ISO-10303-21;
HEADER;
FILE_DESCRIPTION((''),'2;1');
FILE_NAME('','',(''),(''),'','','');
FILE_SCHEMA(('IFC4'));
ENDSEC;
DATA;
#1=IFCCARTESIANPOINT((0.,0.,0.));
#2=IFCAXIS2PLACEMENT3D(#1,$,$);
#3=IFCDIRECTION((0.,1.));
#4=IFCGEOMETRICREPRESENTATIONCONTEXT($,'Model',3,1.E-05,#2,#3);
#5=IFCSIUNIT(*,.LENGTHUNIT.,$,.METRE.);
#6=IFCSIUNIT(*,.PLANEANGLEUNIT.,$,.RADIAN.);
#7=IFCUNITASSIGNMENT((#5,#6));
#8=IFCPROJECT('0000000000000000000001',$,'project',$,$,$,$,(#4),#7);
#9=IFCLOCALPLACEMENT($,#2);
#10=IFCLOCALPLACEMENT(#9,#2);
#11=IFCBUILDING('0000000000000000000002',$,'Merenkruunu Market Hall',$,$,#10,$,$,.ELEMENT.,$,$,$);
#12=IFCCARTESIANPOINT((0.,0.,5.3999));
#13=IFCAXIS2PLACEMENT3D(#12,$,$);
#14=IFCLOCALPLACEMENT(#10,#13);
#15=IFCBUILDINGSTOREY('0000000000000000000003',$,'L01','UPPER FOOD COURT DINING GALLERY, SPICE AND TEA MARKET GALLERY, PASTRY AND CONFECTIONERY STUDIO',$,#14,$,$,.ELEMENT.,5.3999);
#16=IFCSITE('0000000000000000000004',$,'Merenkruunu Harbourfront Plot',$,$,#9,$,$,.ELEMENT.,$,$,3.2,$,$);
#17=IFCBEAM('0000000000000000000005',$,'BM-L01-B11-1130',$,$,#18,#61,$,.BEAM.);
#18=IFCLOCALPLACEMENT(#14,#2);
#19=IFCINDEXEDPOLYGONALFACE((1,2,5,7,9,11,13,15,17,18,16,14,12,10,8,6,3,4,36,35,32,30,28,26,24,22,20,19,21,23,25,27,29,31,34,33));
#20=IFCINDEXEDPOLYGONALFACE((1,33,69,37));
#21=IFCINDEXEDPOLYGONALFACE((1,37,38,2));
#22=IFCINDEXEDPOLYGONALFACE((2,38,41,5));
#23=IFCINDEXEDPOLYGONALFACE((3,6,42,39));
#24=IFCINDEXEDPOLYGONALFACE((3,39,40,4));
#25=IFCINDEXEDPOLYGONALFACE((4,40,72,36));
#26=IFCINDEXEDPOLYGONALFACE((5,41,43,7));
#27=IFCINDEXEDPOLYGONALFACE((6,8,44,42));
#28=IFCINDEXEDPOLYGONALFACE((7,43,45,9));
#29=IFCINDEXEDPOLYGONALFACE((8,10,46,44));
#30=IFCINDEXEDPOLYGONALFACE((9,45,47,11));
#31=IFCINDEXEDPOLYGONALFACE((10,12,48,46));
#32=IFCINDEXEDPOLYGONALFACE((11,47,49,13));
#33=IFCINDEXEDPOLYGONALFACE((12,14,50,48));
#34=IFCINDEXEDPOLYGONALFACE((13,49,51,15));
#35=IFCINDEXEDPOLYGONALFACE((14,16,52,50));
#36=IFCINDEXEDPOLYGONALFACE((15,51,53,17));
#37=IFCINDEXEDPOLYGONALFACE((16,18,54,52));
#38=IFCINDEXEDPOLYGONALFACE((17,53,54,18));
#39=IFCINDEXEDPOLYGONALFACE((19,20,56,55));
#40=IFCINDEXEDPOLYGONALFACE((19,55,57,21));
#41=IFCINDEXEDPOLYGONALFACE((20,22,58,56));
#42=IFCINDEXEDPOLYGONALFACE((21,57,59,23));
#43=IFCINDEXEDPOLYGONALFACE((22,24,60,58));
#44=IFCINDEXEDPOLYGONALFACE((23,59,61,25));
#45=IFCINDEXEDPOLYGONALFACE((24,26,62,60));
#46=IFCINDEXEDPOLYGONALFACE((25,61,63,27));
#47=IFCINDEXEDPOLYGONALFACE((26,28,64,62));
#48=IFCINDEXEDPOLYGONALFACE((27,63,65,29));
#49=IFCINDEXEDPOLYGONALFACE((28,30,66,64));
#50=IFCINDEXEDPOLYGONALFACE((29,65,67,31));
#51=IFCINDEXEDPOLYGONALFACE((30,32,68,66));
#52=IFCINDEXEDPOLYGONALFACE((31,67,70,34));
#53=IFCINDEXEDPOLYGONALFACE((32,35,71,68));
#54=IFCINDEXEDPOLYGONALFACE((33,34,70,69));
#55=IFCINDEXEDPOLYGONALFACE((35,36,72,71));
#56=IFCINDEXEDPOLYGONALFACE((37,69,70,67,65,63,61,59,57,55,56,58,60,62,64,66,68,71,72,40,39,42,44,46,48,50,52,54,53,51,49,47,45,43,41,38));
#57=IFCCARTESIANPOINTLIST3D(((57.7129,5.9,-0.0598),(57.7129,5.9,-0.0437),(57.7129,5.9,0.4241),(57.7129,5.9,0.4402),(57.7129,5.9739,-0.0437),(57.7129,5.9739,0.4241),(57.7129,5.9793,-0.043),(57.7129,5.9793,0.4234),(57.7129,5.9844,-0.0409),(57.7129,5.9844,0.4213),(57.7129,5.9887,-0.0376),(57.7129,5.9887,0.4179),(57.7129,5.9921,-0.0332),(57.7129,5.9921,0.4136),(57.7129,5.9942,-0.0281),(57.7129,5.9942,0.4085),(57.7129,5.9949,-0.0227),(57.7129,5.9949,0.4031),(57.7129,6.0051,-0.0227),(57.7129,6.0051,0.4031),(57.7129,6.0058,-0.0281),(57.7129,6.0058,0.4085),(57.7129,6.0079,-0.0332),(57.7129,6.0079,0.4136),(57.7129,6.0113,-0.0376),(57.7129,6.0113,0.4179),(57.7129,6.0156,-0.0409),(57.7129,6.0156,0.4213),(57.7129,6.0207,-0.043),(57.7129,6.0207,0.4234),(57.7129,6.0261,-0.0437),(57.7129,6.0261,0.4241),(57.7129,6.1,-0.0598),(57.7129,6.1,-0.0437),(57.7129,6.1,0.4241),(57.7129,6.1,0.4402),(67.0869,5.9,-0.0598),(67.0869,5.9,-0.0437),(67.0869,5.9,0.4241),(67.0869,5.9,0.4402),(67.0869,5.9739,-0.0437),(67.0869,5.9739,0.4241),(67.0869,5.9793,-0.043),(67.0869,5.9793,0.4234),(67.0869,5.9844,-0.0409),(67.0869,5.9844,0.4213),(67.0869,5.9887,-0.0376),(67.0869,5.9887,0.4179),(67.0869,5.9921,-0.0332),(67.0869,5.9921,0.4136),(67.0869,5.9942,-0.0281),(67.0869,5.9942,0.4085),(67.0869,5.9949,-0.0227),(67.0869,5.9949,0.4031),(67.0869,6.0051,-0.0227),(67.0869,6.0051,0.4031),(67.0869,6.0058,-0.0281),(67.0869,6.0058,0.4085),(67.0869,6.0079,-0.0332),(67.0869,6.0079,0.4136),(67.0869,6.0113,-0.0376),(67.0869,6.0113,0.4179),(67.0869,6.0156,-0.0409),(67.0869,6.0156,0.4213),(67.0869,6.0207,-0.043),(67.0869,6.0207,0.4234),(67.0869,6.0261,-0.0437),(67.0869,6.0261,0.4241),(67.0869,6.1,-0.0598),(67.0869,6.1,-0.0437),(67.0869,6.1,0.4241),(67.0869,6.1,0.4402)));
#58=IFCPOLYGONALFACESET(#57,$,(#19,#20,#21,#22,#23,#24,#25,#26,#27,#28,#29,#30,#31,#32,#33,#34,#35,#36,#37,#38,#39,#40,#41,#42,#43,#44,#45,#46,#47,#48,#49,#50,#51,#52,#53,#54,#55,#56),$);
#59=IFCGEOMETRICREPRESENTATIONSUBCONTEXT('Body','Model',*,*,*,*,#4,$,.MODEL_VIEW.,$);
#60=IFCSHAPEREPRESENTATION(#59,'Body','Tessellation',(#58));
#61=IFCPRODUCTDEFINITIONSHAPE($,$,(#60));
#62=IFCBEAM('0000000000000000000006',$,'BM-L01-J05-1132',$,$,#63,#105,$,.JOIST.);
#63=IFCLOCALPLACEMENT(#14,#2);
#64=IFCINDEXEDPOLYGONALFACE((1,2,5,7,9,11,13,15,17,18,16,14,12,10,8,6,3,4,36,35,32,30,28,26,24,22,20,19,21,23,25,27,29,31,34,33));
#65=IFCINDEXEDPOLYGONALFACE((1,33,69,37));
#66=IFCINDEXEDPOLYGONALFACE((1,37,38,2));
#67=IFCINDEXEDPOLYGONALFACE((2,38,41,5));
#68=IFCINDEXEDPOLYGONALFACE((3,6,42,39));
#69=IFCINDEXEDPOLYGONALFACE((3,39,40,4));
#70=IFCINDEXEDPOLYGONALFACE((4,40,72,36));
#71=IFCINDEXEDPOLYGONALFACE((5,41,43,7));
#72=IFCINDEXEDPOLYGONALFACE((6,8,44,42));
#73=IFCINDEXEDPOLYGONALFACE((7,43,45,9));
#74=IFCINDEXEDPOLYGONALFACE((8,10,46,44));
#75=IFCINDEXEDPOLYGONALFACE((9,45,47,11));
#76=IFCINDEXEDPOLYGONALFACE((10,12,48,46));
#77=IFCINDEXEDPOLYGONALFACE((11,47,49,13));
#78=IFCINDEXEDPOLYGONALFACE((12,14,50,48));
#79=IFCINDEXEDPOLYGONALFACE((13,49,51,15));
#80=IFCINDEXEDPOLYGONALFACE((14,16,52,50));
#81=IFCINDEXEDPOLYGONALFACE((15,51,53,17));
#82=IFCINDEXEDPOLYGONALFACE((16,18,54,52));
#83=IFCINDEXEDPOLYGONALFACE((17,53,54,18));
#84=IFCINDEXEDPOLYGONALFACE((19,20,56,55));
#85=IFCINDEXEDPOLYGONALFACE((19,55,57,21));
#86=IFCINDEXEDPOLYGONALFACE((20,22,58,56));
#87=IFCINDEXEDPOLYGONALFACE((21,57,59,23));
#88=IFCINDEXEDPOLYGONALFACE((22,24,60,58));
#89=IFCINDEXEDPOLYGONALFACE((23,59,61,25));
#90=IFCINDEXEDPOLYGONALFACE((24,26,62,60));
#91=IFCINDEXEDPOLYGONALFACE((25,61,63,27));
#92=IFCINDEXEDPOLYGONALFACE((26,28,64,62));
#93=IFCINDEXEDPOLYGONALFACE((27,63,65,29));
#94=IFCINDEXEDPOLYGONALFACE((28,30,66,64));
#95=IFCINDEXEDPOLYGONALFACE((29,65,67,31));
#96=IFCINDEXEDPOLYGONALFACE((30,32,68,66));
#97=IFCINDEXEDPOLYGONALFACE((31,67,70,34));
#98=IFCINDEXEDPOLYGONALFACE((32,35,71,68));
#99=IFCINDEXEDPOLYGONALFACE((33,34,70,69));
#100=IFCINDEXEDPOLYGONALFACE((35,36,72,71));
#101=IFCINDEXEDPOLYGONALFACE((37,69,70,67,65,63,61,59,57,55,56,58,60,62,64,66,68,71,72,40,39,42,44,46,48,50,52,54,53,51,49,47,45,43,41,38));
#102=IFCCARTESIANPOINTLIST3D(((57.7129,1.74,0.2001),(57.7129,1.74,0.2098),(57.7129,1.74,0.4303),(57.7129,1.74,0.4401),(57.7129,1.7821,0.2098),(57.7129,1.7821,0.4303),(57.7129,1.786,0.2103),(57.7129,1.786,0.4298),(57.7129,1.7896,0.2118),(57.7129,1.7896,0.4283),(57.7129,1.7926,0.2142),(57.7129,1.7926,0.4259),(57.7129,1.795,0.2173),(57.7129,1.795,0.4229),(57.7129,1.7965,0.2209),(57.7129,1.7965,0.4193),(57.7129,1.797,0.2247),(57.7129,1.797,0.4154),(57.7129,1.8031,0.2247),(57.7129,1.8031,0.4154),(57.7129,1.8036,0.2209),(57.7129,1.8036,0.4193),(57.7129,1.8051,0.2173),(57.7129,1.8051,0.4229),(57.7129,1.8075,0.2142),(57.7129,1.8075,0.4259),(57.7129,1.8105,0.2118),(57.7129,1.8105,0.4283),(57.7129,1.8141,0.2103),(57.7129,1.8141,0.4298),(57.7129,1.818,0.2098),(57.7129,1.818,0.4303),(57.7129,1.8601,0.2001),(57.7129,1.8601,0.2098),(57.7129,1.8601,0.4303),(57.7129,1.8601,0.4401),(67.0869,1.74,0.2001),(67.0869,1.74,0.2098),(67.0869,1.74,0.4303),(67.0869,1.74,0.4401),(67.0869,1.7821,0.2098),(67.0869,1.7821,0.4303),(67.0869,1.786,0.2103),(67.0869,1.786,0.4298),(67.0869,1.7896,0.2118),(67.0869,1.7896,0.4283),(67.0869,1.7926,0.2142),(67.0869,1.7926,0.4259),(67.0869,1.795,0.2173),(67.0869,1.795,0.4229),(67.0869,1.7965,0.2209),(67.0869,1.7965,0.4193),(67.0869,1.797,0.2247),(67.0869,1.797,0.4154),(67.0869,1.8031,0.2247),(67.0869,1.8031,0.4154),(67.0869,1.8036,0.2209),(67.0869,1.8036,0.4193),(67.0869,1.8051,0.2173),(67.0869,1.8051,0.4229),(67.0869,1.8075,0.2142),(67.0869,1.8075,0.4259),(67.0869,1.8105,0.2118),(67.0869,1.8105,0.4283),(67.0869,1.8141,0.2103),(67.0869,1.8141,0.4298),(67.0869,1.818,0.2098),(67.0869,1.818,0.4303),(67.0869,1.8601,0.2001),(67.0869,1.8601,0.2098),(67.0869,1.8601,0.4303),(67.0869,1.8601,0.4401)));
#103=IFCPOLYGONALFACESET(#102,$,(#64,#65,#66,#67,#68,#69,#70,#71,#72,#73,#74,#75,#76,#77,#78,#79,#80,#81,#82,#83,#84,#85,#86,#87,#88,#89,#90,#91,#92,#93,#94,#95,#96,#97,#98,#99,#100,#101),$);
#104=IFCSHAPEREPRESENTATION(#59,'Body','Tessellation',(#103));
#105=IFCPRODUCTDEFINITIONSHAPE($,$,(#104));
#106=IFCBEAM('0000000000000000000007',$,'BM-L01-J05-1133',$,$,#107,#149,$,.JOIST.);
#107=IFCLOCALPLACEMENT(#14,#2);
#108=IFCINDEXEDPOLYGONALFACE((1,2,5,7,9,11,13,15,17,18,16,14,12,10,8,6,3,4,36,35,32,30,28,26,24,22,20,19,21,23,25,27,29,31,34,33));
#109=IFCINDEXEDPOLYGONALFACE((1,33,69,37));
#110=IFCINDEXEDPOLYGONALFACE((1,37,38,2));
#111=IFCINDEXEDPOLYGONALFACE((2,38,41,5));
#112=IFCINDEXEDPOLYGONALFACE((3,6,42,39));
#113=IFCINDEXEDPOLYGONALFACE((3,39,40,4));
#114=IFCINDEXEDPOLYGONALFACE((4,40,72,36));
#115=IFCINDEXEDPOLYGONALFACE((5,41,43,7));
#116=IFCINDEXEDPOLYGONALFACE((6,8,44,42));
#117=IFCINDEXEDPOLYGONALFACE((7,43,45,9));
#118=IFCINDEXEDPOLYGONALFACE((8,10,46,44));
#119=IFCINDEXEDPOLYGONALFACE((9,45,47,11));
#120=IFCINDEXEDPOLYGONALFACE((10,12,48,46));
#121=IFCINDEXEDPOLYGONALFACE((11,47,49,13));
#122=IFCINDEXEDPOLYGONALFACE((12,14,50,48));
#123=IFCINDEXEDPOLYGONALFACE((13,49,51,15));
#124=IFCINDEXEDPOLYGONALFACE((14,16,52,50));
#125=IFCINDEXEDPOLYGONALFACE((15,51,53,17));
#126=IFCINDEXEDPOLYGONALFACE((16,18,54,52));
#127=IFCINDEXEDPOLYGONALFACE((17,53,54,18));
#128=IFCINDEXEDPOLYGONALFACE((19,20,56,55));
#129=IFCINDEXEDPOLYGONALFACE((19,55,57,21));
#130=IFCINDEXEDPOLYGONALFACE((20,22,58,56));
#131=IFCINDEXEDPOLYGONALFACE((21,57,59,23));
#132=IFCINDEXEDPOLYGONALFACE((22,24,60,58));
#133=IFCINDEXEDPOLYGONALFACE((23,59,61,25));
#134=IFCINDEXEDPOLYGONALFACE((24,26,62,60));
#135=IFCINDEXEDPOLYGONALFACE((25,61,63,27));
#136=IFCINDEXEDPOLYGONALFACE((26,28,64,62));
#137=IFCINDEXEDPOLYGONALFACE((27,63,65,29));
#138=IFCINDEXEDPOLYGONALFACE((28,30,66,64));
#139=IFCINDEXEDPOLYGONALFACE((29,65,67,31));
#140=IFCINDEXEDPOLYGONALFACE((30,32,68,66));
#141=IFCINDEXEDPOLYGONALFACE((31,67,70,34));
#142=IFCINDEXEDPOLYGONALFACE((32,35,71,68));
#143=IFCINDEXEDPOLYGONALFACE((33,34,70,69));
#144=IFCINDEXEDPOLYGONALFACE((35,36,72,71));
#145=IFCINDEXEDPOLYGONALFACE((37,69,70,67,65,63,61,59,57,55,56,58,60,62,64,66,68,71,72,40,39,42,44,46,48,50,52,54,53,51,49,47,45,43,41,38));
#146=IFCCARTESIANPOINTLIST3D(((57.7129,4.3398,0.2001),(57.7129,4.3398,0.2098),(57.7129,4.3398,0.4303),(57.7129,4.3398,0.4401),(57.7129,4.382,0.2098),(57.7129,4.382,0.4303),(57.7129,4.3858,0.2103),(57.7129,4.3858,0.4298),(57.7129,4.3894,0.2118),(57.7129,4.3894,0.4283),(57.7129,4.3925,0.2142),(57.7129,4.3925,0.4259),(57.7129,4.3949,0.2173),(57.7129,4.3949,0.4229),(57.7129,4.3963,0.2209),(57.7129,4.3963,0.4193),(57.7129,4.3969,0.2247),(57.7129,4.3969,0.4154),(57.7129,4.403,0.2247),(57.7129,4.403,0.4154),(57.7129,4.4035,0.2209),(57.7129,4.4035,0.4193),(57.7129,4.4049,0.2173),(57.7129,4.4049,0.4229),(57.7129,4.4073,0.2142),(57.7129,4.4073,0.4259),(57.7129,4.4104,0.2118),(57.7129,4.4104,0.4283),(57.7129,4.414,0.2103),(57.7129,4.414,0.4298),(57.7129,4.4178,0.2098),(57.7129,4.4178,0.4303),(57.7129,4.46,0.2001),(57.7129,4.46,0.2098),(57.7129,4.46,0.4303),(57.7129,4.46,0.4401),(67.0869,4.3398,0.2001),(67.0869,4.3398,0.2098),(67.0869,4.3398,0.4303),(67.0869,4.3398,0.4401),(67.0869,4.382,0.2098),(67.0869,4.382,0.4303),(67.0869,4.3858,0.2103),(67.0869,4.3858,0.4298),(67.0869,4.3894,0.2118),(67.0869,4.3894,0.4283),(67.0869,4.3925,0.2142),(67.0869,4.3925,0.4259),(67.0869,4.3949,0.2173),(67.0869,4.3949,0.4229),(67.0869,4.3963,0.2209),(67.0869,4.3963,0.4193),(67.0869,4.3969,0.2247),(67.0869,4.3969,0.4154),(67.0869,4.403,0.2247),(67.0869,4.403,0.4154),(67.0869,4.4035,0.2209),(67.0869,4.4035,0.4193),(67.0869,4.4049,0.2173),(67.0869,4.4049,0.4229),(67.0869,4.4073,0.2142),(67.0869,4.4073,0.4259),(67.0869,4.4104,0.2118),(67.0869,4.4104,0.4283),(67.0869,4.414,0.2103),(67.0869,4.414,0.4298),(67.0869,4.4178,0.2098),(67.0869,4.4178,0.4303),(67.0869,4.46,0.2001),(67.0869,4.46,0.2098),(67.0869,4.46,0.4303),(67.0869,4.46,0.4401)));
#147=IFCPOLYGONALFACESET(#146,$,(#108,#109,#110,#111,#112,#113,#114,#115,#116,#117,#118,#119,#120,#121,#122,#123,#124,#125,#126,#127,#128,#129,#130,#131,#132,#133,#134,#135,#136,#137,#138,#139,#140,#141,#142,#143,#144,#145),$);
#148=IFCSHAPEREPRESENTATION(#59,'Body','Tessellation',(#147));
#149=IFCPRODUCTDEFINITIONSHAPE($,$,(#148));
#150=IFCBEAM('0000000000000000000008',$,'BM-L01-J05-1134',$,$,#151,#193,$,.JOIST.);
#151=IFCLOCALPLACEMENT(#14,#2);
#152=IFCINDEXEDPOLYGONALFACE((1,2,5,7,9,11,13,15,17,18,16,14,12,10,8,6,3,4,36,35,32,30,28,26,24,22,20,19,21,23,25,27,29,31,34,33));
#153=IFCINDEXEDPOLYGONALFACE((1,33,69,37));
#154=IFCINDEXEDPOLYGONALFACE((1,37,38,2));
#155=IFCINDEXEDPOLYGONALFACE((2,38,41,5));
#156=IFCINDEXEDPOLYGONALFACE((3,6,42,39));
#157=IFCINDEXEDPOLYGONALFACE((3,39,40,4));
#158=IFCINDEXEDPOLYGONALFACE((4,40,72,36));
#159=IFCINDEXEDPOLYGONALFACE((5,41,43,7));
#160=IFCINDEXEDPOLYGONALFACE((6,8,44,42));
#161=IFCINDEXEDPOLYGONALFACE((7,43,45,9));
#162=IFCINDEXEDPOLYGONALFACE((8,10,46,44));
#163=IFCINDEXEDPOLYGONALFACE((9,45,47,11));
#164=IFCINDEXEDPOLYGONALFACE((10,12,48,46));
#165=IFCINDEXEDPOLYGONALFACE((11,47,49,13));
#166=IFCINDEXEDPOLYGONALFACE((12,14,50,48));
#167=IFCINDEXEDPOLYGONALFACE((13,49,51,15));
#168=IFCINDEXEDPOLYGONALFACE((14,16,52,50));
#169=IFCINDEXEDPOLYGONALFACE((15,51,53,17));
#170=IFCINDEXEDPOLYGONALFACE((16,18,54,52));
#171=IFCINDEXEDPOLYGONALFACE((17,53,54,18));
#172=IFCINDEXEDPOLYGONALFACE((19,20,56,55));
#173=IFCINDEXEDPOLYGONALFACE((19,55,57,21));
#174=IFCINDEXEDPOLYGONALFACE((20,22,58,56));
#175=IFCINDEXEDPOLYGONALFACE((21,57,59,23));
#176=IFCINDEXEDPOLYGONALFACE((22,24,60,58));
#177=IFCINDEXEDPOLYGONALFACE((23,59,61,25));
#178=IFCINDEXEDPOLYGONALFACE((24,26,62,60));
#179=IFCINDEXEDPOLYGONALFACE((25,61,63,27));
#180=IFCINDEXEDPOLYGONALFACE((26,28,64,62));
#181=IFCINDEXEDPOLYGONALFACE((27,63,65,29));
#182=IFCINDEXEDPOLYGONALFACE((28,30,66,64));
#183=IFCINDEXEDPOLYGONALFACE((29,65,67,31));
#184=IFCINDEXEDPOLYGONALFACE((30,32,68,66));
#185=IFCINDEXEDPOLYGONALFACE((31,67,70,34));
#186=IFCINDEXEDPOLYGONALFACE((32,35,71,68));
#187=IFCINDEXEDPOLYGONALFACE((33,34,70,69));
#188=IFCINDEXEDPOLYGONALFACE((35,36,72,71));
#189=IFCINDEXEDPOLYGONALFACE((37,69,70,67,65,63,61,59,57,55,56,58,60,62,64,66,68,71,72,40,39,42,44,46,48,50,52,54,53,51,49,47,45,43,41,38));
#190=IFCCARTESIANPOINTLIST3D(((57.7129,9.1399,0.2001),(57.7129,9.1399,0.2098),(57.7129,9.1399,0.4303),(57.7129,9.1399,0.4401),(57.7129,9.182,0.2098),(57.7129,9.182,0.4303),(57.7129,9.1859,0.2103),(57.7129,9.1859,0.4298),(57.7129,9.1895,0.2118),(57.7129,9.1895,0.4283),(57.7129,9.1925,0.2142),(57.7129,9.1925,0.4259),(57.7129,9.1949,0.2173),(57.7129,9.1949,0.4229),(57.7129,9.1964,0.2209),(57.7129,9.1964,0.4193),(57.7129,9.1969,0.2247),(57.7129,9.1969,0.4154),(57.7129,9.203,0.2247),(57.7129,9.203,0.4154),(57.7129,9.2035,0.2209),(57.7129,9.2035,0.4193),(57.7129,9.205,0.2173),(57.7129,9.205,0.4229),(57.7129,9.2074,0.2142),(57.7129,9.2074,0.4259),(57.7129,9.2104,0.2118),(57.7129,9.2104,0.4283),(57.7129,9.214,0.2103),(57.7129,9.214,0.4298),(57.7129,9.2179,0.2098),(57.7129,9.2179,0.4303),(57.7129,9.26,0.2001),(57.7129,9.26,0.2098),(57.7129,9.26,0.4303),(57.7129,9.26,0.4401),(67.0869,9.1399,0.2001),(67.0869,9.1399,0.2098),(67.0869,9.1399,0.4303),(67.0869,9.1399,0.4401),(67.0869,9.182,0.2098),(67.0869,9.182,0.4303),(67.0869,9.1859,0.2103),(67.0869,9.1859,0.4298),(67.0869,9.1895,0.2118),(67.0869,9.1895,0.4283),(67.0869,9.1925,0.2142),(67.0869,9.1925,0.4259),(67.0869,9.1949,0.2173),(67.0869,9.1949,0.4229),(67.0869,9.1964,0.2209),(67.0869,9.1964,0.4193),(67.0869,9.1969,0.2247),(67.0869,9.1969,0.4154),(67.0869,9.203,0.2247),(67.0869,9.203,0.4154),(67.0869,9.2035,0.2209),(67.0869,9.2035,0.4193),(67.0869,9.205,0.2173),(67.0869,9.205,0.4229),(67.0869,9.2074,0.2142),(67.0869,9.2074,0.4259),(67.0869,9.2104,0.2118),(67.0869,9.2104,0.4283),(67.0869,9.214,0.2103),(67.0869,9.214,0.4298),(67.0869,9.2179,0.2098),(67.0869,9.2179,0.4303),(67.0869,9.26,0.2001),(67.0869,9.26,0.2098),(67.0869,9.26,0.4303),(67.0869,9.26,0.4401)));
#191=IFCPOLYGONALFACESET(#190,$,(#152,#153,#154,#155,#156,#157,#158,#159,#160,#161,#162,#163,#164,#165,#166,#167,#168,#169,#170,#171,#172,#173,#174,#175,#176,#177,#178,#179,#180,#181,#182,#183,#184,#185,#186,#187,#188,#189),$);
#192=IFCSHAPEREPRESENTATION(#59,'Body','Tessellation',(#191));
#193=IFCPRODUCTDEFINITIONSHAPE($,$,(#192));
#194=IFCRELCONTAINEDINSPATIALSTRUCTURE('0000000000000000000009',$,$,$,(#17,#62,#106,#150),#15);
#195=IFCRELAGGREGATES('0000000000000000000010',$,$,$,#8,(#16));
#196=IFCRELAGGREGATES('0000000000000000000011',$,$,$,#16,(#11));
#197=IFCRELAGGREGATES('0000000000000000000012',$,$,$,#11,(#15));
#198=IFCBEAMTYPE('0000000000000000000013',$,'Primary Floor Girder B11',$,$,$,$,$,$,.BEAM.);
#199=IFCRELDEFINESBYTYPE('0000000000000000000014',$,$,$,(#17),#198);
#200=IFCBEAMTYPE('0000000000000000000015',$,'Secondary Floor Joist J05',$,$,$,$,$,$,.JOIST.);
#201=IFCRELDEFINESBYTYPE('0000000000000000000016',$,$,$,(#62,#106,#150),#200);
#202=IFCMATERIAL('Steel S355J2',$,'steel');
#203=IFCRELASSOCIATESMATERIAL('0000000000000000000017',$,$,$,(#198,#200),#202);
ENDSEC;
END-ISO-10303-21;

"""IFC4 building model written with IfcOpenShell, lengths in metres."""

from ifc_helpers import new_model, si_unit, direction, frame, origin, origin_2d, place, context, subcontext, project, spatial, i_section, extrude, material, material_profile, profile_set, type_object, element, save


model = new_model("IFC4")

# Units and contexts
model_context = context("Model", 3, precision=1e-05, world=origin(), true_north=direction((0.0, 1.0)))
body_context = subcontext(model_context, "Body", "Model", "MODEL_VIEW")
ifc_project = project(units=[si_unit("LENGTHUNIT", "METRE"), si_unit("PLANEANGLEUNIT", "RADIAN")], contexts=[model_context])

# Site, building, storey
site_placement = place(None, origin())
site = spatial("IfcSite", under=ifc_project, at=site_placement, Name="Merenkruunu Harbourfront Plot", CompositionType="ELEMENT", RefElevation=3.2)
building_placement = place(site_placement, origin())
building = spatial("IfcBuilding", under=site, at=building_placement, Name="Merenkruunu Market Hall", CompositionType="ELEMENT")
storey_placement = place(building_placement, frame((0.0, 0.0, 5.3999)))
storey = spatial("IfcBuildingStorey", under=building, at=storey_placement, Name="L01", Description="UPPER FOOD COURT DINING GALLERY, SPICE AND TEA MARKET GALLERY, PASTRY AND CONFECTIONERY STUDIO", CompositionType="ELEMENT", Elevation=5.3999)

# Beams
ifc_material_1 = material(Name="Steel S355J2", Category="steel")
ifc_material_profile_1 = material_profile(ifc_material_1, i_section(OverallWidth=0.2, OverallDepth=0.5, WebThickness=0.0103, FlangeThickness=0.0161, FilletRadius=0.021, at=origin_2d()), Name="IPE 500")
ifc_profile_set_1 = profile_set([ifc_material_profile_1], Name="Steel S355J2")
beam_type_1 = type_object("IfcBeamType", Name="Primary Floor Girder B11", PredefinedType="BEAM", material=ifc_profile_set_1)
beam_1_placement = place(storey_placement, frame((57.7129, 6.0, 0.1902), z_axis=(1.0, 0.0, 0.0), x_axis=(0.0, 1.0, 0.0)))
element("IfcBeam", 1, at=beam_1_placement, inside=storey, type_object=beam_type_1, Name="BM-L01-B11-1130", PredefinedType="BEAM", context=body_context, shape_type="SweptSolid", body=[
    extrude(i_section(OverallWidth=0.2, OverallDepth=0.5, WebThickness=0.0103, FlangeThickness=0.0161, FilletRadius=0.021, at=origin_2d()), origin(), (0.0, 0.0, 1.0), 9.374),
])
ifc_material_profile_2 = material_profile(ifc_material_1, i_section(OverallWidth=0.1201, OverallDepth=0.24, WebThickness=0.0061, FlangeThickness=0.0098, FilletRadius=0.0149, at=origin_2d()), Name="IPE 240")
ifc_profile_set_2 = profile_set([ifc_material_profile_2], Name="Steel S355J2")
beam_type_2 = type_object("IfcBeamType", Name="Secondary Floor Joist J05", PredefinedType="JOIST", material=ifc_profile_set_2)
for number, where, z_axis, x_axis, name in (
    (2, (57.7129, 1.8, 0.3201), (1.0, 0.0, 0.0), (0.0, 1.0, 0.0), "BM-L01-J05-1132"),
    (3, (57.7129, 4.3999, 0.3201), (1.0, 0.0, 0.0), (0.0, 1.0, 0.0), "BM-L01-J05-1133"),
    (4, (57.7129, 9.2, 0.3201), (1.0, 0.0, 0.0), (0.0, 1.0, 0.0), "BM-L01-J05-1134"),
):
    element("IfcBeam", number, at=place(storey_placement, frame(where, z_axis=z_axis, x_axis=x_axis)), inside=storey, type_object=beam_type_2, Name=name, PredefinedType="JOIST", context=body_context, shape_type="SweptSolid", body=[
        extrude(i_section(OverallWidth=0.1201, OverallDepth=0.24, WebThickness=0.0061, FlangeThickness=0.0098, FilletRadius=0.0149, at=origin_2d()), origin(), (0.0, 0.0, 1.0), 9.374),
    ])

save(model, "model.ifc")
